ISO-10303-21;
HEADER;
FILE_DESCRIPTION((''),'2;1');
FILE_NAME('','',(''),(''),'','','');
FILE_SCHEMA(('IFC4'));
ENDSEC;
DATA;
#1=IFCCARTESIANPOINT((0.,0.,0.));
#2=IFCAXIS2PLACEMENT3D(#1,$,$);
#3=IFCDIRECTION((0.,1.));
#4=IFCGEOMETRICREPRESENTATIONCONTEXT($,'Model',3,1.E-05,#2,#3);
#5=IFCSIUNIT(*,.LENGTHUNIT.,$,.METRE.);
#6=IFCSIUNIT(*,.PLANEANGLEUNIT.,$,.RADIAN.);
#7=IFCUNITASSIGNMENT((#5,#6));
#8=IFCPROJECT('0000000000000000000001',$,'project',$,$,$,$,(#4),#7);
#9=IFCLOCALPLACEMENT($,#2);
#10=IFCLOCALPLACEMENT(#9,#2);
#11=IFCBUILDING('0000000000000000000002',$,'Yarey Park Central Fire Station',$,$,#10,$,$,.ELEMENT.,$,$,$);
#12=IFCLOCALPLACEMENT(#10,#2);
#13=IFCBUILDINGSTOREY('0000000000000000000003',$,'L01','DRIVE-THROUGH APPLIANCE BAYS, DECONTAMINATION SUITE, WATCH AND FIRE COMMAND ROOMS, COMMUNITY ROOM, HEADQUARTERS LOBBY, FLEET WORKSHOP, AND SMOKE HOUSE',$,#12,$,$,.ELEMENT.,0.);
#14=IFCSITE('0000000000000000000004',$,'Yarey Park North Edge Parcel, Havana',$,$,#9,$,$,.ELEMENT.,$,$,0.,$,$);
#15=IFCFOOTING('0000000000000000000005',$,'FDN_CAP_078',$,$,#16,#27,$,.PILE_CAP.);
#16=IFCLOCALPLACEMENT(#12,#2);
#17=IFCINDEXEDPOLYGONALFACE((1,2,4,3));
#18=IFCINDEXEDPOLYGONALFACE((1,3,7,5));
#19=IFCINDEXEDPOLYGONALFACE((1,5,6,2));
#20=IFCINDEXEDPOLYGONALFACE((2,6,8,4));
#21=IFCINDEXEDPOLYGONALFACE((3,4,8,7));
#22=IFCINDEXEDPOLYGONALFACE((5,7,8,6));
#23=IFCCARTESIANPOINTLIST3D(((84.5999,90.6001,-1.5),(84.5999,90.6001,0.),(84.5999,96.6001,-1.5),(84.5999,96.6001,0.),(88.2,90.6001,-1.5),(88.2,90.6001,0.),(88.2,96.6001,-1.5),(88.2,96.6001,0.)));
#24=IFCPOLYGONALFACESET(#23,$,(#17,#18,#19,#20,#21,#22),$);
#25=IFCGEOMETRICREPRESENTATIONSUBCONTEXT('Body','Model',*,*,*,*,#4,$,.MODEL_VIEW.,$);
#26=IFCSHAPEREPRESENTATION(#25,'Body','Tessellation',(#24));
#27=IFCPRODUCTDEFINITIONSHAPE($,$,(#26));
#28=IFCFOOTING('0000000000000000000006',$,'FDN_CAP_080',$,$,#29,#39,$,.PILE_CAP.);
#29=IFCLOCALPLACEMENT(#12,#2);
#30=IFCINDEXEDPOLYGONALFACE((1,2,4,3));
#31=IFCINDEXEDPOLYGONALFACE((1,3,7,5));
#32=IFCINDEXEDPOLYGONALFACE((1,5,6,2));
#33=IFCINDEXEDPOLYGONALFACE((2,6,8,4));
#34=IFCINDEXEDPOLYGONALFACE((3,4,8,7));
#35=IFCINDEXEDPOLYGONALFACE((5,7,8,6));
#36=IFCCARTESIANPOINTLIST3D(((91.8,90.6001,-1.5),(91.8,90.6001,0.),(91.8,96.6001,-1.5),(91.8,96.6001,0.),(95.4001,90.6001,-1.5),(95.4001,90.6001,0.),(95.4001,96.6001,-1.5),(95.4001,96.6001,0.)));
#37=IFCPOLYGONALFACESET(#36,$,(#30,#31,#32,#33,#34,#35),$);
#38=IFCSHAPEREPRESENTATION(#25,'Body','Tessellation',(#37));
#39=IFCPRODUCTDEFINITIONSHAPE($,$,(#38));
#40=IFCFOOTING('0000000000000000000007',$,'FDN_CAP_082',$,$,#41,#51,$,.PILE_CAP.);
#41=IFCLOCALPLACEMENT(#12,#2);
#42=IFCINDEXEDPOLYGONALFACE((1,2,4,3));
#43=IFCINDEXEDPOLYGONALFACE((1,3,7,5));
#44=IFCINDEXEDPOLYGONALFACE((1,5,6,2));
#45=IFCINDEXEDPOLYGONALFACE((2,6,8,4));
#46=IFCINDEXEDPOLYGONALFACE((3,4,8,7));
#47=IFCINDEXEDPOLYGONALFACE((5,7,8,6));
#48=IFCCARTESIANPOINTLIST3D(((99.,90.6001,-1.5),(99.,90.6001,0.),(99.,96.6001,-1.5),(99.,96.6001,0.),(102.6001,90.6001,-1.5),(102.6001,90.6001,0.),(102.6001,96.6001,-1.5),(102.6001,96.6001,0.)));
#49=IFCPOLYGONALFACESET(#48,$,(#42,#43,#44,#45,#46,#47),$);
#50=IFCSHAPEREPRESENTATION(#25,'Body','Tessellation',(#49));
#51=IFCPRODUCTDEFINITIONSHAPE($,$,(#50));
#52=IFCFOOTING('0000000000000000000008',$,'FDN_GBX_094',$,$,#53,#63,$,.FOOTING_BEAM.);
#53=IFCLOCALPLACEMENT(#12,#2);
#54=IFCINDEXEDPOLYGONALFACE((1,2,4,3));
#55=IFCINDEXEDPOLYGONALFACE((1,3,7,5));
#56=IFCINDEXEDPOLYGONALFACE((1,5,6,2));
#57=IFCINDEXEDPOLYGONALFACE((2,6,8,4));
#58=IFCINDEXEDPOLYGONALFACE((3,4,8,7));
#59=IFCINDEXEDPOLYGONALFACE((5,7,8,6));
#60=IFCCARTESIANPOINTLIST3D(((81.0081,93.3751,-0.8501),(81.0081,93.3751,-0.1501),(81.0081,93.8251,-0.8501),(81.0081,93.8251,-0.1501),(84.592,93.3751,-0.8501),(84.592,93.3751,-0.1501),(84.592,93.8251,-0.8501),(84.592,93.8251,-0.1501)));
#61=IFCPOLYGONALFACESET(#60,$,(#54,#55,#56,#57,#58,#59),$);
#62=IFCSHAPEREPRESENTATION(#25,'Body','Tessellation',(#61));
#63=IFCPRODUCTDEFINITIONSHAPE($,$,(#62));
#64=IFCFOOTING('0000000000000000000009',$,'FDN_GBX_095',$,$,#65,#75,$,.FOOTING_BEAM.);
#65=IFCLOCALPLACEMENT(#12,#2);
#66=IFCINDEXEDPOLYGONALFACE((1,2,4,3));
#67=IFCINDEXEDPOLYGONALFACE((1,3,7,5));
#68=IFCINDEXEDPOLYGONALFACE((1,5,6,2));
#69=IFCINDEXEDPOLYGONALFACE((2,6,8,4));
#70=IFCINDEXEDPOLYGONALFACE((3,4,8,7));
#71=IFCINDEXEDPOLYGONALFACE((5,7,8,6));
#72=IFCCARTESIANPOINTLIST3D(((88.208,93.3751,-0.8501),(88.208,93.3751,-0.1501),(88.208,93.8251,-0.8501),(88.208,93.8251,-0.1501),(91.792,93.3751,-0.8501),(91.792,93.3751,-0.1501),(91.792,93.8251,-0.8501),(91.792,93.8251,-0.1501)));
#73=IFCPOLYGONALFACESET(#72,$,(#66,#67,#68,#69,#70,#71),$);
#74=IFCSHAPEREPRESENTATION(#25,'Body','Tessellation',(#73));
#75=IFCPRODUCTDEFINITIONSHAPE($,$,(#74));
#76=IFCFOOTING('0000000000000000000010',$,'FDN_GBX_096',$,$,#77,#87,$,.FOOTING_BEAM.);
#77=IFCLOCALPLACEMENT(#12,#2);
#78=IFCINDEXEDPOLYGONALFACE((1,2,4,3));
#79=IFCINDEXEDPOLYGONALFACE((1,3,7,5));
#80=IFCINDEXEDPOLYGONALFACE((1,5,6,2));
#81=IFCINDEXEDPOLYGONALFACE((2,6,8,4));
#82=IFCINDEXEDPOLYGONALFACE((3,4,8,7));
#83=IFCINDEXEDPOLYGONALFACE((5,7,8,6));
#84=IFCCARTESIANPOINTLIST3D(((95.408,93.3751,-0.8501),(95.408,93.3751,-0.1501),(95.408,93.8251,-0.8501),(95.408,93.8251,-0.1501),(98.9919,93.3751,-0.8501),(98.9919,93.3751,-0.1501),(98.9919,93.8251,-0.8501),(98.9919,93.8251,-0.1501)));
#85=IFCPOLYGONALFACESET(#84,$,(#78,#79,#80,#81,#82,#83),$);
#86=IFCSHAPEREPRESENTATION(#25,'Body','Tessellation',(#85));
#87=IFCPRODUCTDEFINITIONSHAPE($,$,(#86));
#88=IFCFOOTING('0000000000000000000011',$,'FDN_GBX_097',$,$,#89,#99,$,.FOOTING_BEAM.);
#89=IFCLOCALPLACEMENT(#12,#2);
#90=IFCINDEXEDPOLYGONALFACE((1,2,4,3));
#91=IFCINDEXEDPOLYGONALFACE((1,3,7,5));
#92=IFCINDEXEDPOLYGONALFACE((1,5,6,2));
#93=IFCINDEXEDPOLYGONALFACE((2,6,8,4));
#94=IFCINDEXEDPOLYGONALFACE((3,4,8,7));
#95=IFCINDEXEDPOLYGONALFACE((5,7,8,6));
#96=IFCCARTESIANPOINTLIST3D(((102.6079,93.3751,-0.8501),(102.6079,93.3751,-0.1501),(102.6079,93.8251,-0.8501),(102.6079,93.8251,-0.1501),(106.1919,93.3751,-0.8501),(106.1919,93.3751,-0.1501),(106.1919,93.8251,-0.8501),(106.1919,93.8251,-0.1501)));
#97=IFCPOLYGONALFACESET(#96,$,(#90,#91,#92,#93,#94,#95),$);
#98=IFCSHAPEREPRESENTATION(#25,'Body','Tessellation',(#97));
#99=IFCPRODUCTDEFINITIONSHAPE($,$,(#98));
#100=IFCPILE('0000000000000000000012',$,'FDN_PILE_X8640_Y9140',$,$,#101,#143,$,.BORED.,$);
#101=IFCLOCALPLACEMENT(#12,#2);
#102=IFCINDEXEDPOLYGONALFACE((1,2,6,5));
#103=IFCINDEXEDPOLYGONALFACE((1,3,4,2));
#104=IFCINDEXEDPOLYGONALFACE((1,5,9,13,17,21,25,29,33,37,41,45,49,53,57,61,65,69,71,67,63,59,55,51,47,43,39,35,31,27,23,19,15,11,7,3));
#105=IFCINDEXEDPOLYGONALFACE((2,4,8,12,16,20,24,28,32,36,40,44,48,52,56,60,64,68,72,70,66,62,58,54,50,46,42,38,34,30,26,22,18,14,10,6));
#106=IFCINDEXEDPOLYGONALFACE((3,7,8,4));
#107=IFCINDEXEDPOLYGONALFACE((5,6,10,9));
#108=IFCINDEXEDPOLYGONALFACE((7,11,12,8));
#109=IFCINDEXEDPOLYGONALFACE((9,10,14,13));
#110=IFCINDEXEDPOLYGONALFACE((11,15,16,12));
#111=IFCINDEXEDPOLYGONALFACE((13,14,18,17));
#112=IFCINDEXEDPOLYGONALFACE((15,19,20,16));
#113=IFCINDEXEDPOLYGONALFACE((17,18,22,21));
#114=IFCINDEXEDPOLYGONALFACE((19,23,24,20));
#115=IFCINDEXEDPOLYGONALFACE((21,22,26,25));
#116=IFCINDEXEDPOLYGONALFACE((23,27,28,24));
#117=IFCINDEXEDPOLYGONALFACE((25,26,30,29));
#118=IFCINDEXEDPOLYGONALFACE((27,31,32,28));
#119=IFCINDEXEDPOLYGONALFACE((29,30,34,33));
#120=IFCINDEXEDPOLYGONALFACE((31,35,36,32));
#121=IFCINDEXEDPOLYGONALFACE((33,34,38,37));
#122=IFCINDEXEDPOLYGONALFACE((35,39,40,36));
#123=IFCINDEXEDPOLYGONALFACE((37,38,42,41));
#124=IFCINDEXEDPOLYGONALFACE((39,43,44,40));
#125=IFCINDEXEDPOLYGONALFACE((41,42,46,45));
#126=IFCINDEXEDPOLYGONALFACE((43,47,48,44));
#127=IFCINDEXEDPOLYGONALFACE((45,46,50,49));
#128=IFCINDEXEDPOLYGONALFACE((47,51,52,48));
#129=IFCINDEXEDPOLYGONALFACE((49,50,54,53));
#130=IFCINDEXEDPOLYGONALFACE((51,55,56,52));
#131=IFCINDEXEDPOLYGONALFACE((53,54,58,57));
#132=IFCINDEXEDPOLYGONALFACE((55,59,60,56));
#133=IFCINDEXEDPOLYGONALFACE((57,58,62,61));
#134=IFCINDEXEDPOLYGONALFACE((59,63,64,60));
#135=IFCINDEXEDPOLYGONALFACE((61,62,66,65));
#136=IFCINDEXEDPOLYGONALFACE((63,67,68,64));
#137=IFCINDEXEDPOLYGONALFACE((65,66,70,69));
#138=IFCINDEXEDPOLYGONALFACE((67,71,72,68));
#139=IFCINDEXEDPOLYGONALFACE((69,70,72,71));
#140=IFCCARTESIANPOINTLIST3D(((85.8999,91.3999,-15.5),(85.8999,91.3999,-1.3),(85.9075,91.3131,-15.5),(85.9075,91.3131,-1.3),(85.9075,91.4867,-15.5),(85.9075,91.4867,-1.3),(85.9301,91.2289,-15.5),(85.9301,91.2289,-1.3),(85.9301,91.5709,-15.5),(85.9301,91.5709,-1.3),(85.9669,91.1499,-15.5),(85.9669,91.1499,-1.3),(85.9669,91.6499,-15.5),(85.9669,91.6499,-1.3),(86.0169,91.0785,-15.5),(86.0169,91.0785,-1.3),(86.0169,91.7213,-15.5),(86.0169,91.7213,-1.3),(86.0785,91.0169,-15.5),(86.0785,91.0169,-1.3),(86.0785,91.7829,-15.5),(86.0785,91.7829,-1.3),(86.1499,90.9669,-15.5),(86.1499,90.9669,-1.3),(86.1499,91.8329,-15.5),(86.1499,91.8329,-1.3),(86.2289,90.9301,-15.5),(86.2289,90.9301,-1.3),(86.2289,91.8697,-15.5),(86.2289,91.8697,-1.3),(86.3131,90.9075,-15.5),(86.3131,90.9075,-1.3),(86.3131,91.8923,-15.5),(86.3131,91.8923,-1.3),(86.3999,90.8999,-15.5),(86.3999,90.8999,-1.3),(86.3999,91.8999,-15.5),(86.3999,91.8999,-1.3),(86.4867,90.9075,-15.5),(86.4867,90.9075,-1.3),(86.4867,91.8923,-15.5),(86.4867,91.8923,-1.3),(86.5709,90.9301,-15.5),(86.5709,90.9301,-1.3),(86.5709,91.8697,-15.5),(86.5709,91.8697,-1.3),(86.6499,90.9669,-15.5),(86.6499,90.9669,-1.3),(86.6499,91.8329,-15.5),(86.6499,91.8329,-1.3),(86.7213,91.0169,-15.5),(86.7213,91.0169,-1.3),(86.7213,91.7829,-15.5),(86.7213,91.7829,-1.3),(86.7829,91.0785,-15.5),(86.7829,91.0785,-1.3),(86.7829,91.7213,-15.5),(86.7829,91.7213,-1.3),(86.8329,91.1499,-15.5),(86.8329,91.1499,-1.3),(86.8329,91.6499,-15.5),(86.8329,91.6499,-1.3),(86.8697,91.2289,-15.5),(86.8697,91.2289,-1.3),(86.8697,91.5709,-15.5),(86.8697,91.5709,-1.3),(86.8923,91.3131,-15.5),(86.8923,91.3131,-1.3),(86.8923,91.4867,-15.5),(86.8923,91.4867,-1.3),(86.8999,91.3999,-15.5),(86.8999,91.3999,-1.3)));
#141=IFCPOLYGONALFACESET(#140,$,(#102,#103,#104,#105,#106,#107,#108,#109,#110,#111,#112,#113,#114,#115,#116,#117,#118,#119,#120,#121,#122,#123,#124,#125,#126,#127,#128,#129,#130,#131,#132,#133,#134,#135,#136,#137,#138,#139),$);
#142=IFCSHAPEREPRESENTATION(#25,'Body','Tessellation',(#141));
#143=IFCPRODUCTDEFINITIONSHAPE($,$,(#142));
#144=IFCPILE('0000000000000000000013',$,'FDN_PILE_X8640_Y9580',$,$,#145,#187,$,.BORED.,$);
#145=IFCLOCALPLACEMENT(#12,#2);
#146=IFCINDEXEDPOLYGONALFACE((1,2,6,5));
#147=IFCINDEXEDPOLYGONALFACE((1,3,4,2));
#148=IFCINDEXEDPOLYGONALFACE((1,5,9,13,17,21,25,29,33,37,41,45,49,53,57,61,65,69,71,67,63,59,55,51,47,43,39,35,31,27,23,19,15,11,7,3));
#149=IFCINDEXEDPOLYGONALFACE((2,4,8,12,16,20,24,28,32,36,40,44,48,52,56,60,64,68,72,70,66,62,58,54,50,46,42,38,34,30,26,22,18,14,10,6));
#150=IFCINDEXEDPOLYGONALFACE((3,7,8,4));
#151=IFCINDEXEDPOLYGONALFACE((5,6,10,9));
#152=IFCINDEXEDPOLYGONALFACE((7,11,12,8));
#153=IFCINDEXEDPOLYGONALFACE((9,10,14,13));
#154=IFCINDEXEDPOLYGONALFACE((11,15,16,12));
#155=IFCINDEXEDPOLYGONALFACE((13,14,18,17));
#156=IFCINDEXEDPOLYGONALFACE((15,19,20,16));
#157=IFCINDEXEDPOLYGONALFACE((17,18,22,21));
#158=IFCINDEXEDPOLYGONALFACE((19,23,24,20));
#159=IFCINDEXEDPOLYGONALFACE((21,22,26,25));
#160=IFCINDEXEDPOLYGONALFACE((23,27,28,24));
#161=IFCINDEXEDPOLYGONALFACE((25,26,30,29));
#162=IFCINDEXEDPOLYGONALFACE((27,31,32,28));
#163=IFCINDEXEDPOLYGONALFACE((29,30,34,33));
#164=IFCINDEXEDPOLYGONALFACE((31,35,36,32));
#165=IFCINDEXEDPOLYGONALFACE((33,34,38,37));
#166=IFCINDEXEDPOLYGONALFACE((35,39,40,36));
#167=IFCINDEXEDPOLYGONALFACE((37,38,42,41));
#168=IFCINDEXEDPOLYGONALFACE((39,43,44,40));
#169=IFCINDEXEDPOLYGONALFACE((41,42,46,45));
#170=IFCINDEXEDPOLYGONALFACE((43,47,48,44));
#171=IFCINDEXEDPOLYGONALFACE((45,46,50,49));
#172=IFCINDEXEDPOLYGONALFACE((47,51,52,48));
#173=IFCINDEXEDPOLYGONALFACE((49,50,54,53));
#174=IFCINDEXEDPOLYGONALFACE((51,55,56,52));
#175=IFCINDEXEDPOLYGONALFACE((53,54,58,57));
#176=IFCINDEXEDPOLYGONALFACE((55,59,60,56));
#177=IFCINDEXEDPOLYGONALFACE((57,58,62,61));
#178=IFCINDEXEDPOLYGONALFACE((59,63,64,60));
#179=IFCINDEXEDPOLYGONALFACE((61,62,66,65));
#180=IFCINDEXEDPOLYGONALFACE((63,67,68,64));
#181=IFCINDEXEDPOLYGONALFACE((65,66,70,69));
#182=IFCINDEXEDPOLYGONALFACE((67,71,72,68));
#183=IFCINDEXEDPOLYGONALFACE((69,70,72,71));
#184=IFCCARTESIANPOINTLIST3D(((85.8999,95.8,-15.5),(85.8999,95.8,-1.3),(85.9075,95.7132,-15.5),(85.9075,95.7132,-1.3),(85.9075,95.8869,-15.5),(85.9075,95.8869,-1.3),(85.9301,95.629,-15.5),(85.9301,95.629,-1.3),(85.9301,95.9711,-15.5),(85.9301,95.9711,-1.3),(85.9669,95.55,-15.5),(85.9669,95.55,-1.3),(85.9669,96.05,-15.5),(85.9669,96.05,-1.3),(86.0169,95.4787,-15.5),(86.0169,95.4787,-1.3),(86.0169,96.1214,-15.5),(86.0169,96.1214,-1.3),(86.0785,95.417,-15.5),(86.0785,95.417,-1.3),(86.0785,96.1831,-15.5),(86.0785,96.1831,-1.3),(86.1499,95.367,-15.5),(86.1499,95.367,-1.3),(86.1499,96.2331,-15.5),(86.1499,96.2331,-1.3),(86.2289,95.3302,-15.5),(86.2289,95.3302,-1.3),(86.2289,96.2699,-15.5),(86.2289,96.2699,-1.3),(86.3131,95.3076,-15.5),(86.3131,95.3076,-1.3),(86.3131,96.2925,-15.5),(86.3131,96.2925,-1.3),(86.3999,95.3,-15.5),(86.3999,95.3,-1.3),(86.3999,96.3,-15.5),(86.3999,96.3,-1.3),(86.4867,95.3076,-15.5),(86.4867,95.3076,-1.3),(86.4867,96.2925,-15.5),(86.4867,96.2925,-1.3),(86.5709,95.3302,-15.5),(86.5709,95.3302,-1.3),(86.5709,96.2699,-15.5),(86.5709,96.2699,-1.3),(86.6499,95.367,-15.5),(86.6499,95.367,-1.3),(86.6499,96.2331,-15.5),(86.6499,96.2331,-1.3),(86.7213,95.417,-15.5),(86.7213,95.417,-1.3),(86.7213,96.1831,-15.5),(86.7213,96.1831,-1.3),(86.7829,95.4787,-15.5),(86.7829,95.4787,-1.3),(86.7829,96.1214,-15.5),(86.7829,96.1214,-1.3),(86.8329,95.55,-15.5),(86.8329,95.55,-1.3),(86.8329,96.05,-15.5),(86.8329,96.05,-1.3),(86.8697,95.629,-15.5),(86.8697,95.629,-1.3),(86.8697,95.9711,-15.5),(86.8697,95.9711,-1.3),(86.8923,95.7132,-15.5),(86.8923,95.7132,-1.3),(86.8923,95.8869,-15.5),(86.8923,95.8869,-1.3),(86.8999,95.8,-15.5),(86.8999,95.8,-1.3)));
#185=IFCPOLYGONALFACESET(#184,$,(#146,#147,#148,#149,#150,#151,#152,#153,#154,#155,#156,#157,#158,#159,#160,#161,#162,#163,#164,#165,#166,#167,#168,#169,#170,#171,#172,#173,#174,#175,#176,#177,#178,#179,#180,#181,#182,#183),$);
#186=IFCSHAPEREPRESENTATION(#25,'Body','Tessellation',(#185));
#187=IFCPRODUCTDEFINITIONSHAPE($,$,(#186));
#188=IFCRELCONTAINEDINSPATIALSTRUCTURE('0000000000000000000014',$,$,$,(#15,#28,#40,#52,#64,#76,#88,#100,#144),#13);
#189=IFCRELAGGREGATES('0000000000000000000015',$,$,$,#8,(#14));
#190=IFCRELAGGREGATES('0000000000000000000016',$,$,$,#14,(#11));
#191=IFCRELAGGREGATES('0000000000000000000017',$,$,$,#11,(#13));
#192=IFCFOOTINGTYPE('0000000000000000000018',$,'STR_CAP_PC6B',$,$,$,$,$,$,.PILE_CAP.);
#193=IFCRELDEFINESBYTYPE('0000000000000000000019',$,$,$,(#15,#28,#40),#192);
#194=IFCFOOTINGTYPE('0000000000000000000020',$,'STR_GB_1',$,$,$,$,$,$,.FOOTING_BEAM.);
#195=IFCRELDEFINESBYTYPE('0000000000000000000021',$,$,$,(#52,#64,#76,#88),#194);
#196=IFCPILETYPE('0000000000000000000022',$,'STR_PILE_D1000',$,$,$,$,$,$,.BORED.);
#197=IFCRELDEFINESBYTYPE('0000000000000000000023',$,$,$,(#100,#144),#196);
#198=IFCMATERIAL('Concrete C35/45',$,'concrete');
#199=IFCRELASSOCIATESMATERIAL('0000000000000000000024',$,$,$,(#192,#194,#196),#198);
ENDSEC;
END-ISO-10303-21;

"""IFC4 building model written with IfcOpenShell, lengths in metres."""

from ifc_helpers import new_model, si_unit, direction, frame, origin, origin_2d, place, context, subcontext, project, spatial, rectangle, circle, extrude, material, material_profile, profile_set, type_object, element, save


model = new_model("IFC4")

# Units and contexts
model_context = context("Model", 3, precision=1e-05, world=origin(), true_north=direction((0.0, 1.0)))
body_context = subcontext(model_context, "Body", "Model", "MODEL_VIEW")
ifc_project = project(units=[si_unit("LENGTHUNIT", "METRE"), si_unit("PLANEANGLEUNIT", "RADIAN")], contexts=[model_context])

# Site, building, storey
site_placement = place(None, origin())
site = spatial("IfcSite", under=ifc_project, at=site_placement, Name="Yarey Park North Edge Parcel, Havana", CompositionType="ELEMENT", RefElevation=0.0)
building_placement = place(site_placement, origin())
building = spatial("IfcBuilding", under=site, at=building_placement, Name="Yarey Park Central Fire Station", CompositionType="ELEMENT")
storey_placement = place(building_placement, origin())
storey = spatial("IfcBuildingStorey", under=building, at=storey_placement, Name="L01", Description="DRIVE-THROUGH APPLIANCE BAYS, DECONTAMINATION SUITE, WATCH AND FIRE COMMAND ROOMS, COMMUNITY ROOM, HEADQUARTERS LOBBY, FLEET WORKSHOP, AND SMOKE HOUSE", CompositionType="ELEMENT", Elevation=0.0)

# Footings
ifc_material_1 = material(Name="Concrete C35/45", Category="concrete")
footing_type_1 = type_object("IfcFootingType", Name="STR_CAP_PC6B", PredefinedType="PILE_CAP", material=ifc_material_1)
for number, where, z_axis, x_axis, name in (
    (1, (86.3999, 93.6001, -1.5), (0.0, 0.0, 1.0), (1.0, 0.0, 0.0), "FDN_CAP_078"),
    (2, (93.6001, 93.6001, -1.5), (0.0, 0.0, 1.0), (1.0, 0.0, 0.0), "FDN_CAP_080"),
    (3, (100.8, 93.6001, -1.5), (0.0, 0.0, 1.0), (1.0, 0.0, 0.0), "FDN_CAP_082"),
):
    element("IfcFooting", number, at=place(storey_placement, frame(where, z_axis=z_axis, x_axis=x_axis)), inside=storey, type_object=footing_type_1, Name=name, PredefinedType="PILE_CAP", context=body_context, shape_type="SweptSolid", body=[
        extrude(rectangle(XDim=3.6001, YDim=6.0, at=origin_2d()), origin(), (0.0, 0.0, 1.0), 1.5),
    ])
footing_type_2 = type_object("IfcFootingType", Name="STR_GB_1", PredefinedType="FOOTING_BEAM", material=ifc_material_1)
for number, where, z_axis, x_axis, name in (
    (4, (82.8, 93.6001, -0.8501), (0.0, 0.0, 1.0), (1.0, 0.0, 0.0), "FDN_GBX_094"),
    (5, (90.0, 93.6001, -0.8501), (0.0, 0.0, 1.0), (1.0, 0.0, 0.0), "FDN_GBX_095"),
    (6, (97.2, 93.6001, -0.8501), (0.0, 0.0, 1.0), (1.0, 0.0, 0.0), "FDN_GBX_096"),
    (7, (104.3999, 93.6001, -0.8501), (0.0, 0.0, 1.0), (1.0, 0.0, 0.0), "FDN_GBX_097"),
):
    element("IfcFooting", number, at=place(storey_placement, frame(where, z_axis=z_axis, x_axis=x_axis)), inside=storey, type_object=footing_type_2, Name=name, PredefinedType="FOOTING_BEAM", context=body_context, shape_type="SweptSolid", body=[
        extrude(rectangle(XDim=3.584, YDim=0.45, at=origin_2d()), origin(), (0.0, 0.0, 1.0), 0.7),
    ])

# Piles
ifc_material_profile_1 = material_profile(ifc_material_1, circle(Radius=0.5, at=origin_2d()), Name="BORED PILE D1000")
ifc_profile_set_1 = profile_set([ifc_material_profile_1], Name="Concrete C35/45")
pile_type = type_object("IfcPileType", Name="STR_PILE_D1000", PredefinedType="BORED", material=ifc_profile_set_1)
for number, where, z_axis, x_axis, name in (
    (8, (86.3999, 91.3999, -1.3), (0.0, 0.0, -1.0), (1.0, 0.0, 0.0), "FDN_PILE_X8640_Y9140"),
    (9, (86.3999, 95.8, -1.3), (0.0, 0.0, -1.0), (1.0, 0.0, 0.0), "FDN_PILE_X8640_Y9580"),
):
    element("IfcPile", number, at=place(storey_placement, frame(where, z_axis=z_axis, x_axis=x_axis)), inside=storey, type_object=pile_type, Name=name, PredefinedType="BORED", context=body_context, shape_type="SweptSolid", body=[
        extrude(circle(Radius=0.5, at=origin_2d()), origin(), (0.0, 0.0, 1.0), 14.2),
    ])

save(model, "model.ifc")
